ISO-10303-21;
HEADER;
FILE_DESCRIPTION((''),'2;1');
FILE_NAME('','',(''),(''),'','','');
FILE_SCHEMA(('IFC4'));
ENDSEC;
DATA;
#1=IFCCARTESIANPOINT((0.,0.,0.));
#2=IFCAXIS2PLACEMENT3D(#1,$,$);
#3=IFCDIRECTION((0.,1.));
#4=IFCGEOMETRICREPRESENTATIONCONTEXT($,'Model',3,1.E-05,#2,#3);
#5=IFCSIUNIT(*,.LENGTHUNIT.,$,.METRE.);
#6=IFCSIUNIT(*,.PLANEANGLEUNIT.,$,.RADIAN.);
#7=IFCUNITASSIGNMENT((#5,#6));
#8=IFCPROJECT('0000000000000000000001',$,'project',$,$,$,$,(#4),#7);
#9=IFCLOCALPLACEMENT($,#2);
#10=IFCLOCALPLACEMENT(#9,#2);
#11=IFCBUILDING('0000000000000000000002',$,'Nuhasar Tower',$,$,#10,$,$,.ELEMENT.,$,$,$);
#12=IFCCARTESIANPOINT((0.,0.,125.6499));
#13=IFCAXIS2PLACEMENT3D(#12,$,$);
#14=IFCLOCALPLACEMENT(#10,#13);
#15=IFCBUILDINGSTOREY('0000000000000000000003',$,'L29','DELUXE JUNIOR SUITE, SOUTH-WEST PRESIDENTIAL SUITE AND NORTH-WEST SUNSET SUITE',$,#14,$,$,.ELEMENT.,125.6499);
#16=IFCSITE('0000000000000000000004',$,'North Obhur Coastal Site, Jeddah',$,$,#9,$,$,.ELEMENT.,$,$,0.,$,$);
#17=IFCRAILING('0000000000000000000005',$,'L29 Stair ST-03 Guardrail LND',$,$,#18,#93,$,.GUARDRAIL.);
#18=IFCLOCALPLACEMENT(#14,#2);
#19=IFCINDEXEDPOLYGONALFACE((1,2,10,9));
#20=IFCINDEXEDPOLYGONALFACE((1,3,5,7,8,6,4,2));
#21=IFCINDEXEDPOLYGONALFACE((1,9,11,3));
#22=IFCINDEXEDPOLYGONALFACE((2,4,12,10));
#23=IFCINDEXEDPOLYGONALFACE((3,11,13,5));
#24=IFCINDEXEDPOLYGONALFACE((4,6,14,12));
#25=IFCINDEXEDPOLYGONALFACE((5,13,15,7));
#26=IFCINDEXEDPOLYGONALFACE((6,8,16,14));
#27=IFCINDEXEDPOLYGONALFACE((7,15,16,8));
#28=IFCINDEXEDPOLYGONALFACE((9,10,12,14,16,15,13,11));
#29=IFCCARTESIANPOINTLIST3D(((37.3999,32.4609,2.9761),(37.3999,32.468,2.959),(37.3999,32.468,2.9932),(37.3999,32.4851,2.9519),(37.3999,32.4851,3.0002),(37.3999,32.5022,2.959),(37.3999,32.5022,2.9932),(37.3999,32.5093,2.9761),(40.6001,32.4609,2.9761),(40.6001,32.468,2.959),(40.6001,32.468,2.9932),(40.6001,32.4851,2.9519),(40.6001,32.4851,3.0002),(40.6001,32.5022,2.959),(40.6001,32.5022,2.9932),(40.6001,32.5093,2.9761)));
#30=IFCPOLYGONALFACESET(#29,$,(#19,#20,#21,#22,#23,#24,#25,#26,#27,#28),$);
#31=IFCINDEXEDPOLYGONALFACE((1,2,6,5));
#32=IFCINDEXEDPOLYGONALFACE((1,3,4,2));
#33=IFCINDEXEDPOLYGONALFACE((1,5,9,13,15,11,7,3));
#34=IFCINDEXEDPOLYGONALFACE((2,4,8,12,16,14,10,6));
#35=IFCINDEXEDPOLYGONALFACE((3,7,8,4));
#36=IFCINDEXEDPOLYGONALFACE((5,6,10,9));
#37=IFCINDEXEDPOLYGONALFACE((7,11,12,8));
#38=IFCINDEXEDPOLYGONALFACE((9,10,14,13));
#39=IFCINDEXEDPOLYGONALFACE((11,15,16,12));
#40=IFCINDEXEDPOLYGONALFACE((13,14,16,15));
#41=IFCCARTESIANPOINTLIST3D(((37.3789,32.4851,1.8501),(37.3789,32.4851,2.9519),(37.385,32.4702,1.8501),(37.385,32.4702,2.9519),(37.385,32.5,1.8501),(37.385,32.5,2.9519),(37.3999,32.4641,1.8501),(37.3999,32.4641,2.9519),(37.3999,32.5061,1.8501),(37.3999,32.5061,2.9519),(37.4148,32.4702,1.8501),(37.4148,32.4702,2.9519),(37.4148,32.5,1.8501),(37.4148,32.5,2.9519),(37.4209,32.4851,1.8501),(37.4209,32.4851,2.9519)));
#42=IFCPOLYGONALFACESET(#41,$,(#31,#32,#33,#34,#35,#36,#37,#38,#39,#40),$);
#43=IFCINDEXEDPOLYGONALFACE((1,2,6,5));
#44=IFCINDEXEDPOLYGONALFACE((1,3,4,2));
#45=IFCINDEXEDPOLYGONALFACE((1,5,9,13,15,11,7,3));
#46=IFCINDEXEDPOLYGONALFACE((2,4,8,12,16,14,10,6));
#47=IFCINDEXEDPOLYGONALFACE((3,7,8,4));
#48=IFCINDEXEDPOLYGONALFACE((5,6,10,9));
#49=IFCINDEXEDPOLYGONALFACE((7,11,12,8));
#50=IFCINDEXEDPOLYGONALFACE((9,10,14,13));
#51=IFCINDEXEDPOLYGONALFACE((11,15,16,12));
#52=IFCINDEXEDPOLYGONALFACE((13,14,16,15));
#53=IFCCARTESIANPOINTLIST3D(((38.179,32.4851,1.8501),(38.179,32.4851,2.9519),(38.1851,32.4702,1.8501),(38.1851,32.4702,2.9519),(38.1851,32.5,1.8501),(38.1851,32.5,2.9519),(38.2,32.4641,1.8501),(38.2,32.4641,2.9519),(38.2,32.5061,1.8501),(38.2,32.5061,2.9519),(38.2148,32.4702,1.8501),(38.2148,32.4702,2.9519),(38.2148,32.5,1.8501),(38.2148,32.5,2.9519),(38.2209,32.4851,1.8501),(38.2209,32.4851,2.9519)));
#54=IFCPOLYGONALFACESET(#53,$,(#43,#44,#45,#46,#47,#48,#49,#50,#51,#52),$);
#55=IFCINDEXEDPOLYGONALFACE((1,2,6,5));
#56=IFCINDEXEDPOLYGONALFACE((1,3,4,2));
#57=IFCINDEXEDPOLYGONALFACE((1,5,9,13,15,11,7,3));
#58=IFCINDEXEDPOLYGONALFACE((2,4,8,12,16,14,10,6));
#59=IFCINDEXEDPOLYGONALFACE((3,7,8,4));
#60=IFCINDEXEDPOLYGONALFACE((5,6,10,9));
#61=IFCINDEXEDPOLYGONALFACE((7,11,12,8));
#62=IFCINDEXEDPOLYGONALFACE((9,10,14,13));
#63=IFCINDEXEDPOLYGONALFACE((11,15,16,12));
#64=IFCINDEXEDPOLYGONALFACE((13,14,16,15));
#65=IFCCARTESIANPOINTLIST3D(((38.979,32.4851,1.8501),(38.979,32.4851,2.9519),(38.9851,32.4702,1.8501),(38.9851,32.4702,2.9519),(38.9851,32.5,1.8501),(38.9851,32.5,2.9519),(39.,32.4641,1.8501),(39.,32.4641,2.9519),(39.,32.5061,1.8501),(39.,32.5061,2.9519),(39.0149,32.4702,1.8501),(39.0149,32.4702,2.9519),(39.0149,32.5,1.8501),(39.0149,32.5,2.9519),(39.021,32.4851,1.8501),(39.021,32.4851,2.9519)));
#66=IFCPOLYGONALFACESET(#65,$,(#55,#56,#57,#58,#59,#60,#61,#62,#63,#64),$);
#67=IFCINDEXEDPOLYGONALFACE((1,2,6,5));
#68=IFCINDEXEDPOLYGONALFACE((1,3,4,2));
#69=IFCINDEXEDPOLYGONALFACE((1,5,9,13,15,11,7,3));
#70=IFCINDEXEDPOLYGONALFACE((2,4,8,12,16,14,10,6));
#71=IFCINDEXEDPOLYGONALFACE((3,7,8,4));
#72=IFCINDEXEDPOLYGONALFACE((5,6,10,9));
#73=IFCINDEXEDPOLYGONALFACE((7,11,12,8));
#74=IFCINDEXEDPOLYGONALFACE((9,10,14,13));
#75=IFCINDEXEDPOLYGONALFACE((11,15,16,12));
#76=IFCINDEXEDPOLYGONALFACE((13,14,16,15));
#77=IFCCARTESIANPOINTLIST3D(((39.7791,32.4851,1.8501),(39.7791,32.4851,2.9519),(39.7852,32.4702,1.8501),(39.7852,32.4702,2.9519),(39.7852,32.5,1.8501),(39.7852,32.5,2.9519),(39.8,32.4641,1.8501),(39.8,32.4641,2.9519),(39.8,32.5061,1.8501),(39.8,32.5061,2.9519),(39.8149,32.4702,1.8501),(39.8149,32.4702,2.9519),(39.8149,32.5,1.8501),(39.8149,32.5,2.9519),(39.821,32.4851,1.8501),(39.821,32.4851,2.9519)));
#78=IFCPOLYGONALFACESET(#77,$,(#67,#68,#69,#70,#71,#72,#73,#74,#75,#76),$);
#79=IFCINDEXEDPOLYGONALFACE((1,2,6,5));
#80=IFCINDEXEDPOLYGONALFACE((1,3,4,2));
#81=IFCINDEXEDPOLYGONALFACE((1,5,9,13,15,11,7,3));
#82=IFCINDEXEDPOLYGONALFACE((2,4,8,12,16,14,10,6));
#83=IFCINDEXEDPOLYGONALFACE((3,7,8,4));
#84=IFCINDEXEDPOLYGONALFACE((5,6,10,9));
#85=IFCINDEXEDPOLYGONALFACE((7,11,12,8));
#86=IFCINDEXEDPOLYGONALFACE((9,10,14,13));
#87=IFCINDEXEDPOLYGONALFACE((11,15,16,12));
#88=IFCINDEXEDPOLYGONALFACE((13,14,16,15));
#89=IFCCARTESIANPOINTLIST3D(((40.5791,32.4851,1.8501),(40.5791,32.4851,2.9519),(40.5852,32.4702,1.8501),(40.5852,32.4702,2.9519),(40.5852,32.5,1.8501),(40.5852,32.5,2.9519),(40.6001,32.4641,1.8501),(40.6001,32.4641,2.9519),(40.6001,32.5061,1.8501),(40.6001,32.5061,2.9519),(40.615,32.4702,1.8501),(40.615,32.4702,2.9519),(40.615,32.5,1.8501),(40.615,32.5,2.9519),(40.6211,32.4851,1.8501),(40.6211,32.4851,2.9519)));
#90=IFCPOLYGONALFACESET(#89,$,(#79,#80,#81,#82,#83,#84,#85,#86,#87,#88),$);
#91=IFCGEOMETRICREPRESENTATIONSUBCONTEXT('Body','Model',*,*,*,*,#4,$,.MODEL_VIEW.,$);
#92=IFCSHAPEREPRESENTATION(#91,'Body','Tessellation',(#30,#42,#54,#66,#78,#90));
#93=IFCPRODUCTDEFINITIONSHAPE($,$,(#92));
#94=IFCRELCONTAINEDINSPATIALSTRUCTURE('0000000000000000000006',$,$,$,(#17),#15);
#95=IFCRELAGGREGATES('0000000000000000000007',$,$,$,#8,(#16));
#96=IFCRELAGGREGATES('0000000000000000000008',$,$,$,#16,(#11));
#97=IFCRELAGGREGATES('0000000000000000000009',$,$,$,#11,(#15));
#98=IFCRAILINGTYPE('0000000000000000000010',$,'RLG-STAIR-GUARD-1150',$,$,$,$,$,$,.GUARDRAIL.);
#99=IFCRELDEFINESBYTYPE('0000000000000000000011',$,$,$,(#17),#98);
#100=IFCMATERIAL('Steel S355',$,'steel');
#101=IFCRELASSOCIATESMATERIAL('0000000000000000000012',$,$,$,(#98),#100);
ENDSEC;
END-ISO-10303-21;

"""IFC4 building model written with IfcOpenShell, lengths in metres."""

from ifc_helpers import new_model, si_unit, direction, frame, origin, place, context, subcontext, project, spatial, polyline, outline, extrude, material, type_object, element, save


model = new_model("IFC4")

# Units and contexts
model_context = context("Model", 3, precision=1e-05, world=origin(), true_north=direction((0.0, 1.0)))
body_context = subcontext(model_context, "Body", "Model", "MODEL_VIEW")
ifc_project = project(units=[si_unit("LENGTHUNIT", "METRE"), si_unit("PLANEANGLEUNIT", "RADIAN")], contexts=[model_context])

# Site, building, storey
site_placement = place(None, origin())
site = spatial("IfcSite", under=ifc_project, at=site_placement, Name="North Obhur Coastal Site, Jeddah", CompositionType="ELEMENT", RefElevation=0.0)
building_placement = place(site_placement, origin())
building = spatial("IfcBuilding", under=site, at=building_placement, Name="Nuhasar Tower", CompositionType="ELEMENT")
storey_placement = place(building_placement, frame((0.0, 0.0, 125.6499)))
storey = spatial("IfcBuildingStorey", under=building, at=storey_placement, Name="L29", Description="DELUXE JUNIOR SUITE, SOUTH-WEST PRESIDENTIAL SUITE AND NORTH-WEST SUNSET SUITE", CompositionType="ELEMENT", Elevation=125.6499)

# Shared definitions
ifc_material_1 = material(Name="Steel S355", Category="steel")

# Railing
railing_type_1 = type_object("IfcRailingType", Name="RLG-STAIR-GUARD-1150", PredefinedType="GUARDRAIL", material=ifc_material_1)
railing_1_placement = place(storey_placement, frame((37.3999, 32.4851, 1.8501)))
element("IfcRailing", 1, at=railing_1_placement, inside=storey, type_object=railing_type_1, Name="L29 Stair ST-03 Guardrail LND", PredefinedType="GUARDRAIL", context=body_context, shape_type="SweptSolid", body=[
    extrude(outline(polyline([(0.0242, 0.0), (0.0171, 0.0171), (0.0, 0.0242), (-0.0171, 0.0171), (-0.0242, 0.0), (-0.0171, -0.0171), (0.0, -0.0242), (0.0171, -0.0171), (0.0242, 0.0)])), frame((0.0, 0.0, 1.126), z_axis=(1.0, 0.0, 0.0), x_axis=(0.0, 1.0, 0.0)), (0.0, 0.0, 1.0), 3.2002),
    extrude(outline(polyline([(0.021, 0.0), (0.0149, 0.0149), (0.0, 0.021), (-0.0149, 0.0149), (-0.021, 0.0), (-0.0149, -0.0149), (0.0, -0.021), (0.0149, -0.0149), (0.021, 0.0)])), origin(), (0.0, 0.0, 1.0), 1.1018),
    extrude(outline(polyline([(0.021, 0.0), (0.0149, 0.0149), (0.0, 0.021), (-0.0149, 0.0149), (-0.021, 0.0), (-0.0149, -0.0149), (0.0, -0.021), (0.0149, -0.0149), (0.021, 0.0)])), frame((0.8, 0.0, 0.0)), (0.0, 0.0, 1.0), 1.1018),
    extrude(outline(polyline([(0.021, 0.0), (0.0149, 0.0149), (0.0, 0.021), (-0.0149, 0.0149), (-0.021, 0.0), (-0.0149, -0.0149), (0.0, -0.021), (0.0149, -0.0149), (0.021, 0.0)])), frame((1.6001, 0.0, 0.0)), (0.0, 0.0, 1.0), 1.1018),
    extrude(outline(polyline([(0.021, 0.0), (0.0149, 0.0149), (0.0, 0.021), (-0.0149, 0.0149), (-0.021, 0.0), (-0.0149, -0.0149), (0.0, -0.021), (0.0149, -0.0149), (0.021, 0.0)])), frame((2.4001, 0.0, 0.0)), (0.0, 0.0, 1.0), 1.1018),
    extrude(outline(polyline([(0.021, 0.0), (0.0149, 0.0149), (0.0, 0.021), (-0.0149, 0.0149), (-0.021, 0.0), (-0.0149, -0.0149), (0.0, -0.021), (0.0149, -0.0149), (0.021, 0.0)])), frame((3.2002, 0.0, 0.0)), (0.0, 0.0, 1.0), 1.1018),
])

save(model, "model.ifc")
